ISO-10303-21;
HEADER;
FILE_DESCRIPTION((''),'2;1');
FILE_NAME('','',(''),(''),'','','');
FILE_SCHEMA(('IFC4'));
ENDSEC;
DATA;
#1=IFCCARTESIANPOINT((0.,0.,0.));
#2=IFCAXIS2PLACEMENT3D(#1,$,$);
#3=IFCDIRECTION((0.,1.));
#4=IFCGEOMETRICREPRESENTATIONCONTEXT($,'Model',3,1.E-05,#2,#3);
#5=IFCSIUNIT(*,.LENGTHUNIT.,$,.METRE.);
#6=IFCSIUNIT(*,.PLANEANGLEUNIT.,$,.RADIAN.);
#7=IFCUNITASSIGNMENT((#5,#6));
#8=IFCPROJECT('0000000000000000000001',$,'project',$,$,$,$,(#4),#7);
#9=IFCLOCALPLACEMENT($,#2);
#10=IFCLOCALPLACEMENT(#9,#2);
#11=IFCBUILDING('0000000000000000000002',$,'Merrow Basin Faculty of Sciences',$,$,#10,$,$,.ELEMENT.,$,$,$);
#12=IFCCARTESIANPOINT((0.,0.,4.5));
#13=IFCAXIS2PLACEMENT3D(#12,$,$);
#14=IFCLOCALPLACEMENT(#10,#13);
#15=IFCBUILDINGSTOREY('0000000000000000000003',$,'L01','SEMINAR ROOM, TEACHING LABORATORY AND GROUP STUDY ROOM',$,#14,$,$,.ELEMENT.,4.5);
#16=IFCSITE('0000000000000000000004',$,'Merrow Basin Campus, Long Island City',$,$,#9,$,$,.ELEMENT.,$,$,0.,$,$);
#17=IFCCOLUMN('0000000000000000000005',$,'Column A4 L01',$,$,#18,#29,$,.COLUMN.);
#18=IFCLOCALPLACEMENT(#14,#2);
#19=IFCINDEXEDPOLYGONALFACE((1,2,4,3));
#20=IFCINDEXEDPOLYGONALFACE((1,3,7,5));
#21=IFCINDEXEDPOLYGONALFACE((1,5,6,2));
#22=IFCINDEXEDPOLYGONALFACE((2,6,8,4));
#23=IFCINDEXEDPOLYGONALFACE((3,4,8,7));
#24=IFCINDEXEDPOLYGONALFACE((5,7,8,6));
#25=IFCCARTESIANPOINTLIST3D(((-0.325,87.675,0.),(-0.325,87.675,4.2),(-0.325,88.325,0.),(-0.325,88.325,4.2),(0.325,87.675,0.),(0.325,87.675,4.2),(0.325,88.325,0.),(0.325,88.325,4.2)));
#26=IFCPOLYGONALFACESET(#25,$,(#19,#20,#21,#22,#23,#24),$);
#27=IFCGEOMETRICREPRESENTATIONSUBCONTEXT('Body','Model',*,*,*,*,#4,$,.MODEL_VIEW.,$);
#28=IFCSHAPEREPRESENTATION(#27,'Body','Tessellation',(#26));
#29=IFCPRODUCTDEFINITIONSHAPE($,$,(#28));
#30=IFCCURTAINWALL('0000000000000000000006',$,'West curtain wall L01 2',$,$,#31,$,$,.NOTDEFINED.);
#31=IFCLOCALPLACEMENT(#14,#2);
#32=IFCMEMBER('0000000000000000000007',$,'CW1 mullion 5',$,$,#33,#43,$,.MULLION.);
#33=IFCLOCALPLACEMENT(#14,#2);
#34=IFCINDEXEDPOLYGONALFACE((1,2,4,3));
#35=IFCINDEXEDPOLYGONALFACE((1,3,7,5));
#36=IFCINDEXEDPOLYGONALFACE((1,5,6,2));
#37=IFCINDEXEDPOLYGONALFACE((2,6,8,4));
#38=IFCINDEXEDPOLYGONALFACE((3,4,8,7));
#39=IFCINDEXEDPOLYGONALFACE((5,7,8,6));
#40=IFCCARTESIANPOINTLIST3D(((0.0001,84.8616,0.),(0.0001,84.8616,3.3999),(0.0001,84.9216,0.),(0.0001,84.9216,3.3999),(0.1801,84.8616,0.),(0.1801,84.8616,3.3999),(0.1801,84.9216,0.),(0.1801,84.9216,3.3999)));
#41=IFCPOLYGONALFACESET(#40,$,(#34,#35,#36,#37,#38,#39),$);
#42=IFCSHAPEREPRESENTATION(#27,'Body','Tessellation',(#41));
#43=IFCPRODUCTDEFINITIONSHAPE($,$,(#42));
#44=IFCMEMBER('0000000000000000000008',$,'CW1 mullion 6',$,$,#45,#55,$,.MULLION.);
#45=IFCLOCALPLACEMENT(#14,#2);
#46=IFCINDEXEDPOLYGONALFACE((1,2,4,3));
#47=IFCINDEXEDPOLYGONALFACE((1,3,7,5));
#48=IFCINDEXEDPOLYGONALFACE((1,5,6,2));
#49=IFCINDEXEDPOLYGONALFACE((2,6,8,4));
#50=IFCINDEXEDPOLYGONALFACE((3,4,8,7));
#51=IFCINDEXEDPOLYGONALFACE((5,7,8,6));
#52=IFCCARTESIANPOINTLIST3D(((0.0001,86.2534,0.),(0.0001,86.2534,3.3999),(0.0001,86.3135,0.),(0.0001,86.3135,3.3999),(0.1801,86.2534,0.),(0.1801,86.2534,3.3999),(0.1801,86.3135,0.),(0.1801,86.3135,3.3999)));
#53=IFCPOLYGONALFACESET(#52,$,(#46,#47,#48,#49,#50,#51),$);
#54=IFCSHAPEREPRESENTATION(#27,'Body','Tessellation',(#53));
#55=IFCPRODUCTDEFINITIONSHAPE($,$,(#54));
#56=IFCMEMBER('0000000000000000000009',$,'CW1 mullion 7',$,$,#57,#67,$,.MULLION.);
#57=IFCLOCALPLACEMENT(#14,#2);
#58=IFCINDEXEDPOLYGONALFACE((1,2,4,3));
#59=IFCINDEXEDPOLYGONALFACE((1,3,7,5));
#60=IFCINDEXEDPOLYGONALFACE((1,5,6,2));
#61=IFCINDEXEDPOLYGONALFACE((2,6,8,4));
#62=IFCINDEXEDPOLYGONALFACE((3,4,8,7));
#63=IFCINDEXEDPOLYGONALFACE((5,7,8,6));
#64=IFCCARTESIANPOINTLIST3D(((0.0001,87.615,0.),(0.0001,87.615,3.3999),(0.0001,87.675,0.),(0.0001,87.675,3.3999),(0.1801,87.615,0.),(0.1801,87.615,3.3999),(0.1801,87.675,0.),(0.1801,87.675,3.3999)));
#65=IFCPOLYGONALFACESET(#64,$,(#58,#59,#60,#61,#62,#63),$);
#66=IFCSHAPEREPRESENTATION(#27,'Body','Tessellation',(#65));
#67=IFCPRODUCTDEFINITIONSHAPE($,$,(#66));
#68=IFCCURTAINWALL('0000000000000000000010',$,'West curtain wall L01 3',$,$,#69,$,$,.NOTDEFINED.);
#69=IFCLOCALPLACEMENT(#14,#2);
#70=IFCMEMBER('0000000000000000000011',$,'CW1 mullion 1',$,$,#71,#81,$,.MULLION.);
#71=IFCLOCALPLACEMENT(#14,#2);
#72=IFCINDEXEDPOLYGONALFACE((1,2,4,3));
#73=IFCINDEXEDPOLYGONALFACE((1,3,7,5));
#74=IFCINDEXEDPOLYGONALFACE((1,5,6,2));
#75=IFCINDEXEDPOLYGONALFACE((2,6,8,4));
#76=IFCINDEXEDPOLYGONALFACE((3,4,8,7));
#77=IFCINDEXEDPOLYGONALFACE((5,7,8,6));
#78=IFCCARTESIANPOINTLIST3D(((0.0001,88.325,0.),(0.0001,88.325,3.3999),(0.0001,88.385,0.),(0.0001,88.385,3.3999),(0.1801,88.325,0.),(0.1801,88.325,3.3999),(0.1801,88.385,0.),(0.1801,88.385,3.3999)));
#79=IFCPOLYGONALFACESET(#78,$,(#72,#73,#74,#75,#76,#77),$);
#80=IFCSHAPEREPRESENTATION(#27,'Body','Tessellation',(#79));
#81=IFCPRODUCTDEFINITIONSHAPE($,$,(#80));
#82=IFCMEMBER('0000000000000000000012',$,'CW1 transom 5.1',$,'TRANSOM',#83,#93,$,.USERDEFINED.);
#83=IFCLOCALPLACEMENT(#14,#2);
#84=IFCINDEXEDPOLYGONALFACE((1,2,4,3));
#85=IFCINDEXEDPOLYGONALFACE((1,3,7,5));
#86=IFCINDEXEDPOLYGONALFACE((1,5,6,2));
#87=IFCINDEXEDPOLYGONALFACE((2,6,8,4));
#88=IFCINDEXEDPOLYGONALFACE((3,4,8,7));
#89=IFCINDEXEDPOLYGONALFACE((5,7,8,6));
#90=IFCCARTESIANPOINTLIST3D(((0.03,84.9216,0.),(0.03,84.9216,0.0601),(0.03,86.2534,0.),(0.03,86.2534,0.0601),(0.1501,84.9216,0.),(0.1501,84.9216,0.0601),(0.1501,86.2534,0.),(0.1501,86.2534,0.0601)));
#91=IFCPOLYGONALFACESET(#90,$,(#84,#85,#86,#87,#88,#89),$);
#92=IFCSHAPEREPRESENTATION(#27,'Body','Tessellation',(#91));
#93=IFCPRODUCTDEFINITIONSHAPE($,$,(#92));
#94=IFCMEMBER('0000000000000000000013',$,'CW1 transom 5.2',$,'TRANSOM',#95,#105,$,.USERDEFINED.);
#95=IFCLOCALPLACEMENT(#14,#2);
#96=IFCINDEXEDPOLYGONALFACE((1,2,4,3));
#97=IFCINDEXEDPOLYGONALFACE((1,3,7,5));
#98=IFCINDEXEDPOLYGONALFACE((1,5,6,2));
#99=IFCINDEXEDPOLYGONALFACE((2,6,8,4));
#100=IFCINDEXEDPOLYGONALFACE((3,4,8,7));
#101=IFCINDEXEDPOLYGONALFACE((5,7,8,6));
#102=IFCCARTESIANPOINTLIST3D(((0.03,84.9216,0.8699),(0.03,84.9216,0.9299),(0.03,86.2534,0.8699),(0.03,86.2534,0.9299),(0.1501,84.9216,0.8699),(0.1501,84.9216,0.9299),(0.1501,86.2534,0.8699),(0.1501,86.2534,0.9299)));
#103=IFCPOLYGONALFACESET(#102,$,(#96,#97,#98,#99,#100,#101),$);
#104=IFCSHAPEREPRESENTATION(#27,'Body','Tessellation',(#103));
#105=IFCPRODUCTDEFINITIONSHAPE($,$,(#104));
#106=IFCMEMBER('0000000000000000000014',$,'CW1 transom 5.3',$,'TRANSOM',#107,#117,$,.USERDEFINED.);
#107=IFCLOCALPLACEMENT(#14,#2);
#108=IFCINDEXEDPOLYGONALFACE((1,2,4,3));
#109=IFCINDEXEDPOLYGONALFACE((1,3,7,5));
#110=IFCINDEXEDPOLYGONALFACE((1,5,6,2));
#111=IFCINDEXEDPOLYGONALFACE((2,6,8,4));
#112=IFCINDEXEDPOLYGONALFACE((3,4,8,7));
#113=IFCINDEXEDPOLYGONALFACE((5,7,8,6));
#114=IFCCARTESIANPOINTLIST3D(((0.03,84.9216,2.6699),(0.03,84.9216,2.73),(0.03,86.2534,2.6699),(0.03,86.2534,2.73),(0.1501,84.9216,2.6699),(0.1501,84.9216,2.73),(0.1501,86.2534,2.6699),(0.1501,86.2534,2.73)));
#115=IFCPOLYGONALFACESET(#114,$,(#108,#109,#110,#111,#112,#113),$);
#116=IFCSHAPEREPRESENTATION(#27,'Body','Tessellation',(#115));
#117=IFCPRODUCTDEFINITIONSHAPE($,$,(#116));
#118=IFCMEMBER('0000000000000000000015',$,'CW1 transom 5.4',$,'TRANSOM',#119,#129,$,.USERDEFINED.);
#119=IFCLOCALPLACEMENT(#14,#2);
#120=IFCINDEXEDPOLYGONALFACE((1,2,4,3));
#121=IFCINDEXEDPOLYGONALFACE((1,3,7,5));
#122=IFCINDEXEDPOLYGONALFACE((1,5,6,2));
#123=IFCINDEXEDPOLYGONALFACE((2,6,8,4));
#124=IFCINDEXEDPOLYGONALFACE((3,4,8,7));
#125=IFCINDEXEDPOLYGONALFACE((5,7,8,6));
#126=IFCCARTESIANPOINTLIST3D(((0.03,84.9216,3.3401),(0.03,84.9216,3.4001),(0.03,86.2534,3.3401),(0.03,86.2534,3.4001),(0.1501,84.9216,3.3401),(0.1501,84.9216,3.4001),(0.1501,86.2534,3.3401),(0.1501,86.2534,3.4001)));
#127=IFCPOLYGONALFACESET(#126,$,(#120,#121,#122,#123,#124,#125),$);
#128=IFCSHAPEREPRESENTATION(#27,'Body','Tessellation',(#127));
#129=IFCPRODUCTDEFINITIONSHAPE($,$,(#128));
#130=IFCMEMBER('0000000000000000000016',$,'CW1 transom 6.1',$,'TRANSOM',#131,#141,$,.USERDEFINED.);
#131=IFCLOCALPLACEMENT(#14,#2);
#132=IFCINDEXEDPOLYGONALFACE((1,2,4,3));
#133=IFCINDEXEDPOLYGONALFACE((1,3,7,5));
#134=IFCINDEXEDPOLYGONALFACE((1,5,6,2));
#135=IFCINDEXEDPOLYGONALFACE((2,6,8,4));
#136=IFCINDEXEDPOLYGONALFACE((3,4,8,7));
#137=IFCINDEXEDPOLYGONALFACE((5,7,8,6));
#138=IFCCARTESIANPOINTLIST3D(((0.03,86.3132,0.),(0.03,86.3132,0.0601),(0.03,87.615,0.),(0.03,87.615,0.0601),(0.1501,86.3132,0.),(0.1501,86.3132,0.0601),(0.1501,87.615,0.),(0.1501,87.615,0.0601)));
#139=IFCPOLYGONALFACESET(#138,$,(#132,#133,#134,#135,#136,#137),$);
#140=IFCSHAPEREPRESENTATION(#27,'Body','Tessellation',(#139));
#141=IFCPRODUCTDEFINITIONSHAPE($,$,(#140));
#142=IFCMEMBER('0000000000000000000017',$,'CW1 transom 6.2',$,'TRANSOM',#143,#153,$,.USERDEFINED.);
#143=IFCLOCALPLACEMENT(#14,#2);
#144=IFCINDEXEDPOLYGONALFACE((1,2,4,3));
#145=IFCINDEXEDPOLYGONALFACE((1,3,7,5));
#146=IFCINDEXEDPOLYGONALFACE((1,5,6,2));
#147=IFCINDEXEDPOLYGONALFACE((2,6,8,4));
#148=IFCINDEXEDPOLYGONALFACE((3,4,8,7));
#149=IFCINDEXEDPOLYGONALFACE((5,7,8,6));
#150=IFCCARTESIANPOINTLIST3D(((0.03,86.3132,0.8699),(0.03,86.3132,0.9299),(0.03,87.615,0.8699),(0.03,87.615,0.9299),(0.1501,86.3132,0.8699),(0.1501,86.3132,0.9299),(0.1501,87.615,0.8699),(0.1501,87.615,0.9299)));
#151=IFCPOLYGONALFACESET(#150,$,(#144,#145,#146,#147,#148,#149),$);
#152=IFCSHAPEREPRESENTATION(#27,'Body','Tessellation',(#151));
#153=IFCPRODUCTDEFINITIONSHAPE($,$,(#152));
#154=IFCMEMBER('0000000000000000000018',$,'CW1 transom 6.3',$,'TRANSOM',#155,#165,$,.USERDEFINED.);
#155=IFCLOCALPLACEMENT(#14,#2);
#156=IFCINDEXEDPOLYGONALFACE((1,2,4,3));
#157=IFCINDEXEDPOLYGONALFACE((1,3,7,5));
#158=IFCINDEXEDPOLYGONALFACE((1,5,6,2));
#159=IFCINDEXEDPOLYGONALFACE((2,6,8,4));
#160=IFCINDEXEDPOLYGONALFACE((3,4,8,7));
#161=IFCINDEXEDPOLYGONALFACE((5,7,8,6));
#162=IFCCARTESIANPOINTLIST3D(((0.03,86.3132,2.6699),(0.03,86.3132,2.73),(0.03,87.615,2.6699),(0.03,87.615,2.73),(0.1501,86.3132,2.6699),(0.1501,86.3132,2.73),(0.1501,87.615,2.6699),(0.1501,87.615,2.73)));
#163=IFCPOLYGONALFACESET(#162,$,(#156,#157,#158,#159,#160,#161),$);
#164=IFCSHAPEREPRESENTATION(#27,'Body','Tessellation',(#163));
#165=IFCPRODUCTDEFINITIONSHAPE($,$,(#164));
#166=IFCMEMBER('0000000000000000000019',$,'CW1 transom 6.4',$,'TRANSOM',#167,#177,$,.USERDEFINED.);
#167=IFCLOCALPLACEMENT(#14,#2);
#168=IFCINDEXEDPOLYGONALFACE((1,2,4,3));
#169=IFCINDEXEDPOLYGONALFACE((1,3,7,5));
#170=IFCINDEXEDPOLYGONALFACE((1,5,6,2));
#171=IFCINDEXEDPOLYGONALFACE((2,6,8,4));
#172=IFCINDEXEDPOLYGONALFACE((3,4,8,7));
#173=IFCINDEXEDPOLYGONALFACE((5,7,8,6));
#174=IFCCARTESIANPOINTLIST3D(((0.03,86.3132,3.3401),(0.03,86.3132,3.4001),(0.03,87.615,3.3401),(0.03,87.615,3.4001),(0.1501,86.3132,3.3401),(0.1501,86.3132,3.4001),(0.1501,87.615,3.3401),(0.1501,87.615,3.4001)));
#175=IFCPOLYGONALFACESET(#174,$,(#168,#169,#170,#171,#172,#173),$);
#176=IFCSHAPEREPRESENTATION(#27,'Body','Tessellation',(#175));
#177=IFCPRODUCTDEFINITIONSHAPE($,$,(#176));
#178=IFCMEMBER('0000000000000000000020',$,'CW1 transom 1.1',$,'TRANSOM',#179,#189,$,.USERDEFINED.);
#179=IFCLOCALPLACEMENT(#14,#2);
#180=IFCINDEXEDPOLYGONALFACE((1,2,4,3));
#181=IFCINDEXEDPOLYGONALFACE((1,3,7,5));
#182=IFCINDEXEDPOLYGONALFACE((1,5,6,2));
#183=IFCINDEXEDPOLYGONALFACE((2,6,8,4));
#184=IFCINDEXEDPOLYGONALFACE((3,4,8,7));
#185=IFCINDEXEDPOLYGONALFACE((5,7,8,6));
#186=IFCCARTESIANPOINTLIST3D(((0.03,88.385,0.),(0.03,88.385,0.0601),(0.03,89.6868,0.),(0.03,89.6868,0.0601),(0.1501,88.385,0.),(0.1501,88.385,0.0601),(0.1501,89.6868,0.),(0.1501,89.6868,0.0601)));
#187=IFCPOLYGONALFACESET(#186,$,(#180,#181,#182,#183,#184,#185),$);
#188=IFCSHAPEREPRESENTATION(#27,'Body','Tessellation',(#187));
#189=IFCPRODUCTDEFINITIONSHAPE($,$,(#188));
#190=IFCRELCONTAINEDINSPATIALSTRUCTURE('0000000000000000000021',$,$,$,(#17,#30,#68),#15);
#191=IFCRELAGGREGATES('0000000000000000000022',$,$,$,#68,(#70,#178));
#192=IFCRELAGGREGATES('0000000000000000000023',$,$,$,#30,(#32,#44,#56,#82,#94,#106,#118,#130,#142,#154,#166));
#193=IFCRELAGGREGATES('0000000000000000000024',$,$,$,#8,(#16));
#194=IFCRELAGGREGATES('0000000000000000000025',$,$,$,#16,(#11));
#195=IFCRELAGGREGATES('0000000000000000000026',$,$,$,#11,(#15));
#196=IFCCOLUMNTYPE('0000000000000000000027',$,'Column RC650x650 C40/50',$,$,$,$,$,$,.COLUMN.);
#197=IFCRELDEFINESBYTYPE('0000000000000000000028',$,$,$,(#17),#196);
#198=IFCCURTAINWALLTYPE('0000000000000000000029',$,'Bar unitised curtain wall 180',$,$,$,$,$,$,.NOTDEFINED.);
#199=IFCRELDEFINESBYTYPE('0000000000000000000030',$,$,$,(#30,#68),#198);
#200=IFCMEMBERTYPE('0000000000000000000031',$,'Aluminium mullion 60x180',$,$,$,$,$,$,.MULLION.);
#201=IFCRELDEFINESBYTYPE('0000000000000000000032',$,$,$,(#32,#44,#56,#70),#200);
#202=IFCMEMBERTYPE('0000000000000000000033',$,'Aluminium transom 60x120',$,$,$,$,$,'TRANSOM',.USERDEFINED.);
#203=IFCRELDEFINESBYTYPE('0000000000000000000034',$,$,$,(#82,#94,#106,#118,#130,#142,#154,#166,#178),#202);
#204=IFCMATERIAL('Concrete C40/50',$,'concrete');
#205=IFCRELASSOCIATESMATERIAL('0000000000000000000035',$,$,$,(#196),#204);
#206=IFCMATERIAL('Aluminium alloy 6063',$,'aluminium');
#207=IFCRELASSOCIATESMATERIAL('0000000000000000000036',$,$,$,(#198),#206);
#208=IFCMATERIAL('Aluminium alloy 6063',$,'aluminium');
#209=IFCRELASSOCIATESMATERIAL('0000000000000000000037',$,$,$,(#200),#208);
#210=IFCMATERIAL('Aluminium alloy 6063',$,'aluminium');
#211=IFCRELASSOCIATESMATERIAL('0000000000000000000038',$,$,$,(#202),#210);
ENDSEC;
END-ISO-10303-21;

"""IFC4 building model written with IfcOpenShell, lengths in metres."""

from ifc_helpers import new_model, si_unit, direction, frame, origin, origin_2d, place, context, subcontext, project, spatial, rectangle, extrude, material, material_profile, profile_set, type_object, element, aggregate, save


model = new_model("IFC4")

# Units and contexts
model_context = context("Model", 3, precision=1e-05, world=origin(), true_north=direction((0.0, 1.0)))
body_context = subcontext(model_context, "Body", "Model", "MODEL_VIEW")
ifc_project = project(units=[si_unit("LENGTHUNIT", "METRE"), si_unit("PLANEANGLEUNIT", "RADIAN")], contexts=[model_context])

# Site, building, storey
site_placement = place(None, origin())
site = spatial("IfcSite", under=ifc_project, at=site_placement, Name="Merrow Basin Campus, Long Island City", CompositionType="ELEMENT", RefElevation=0.0)
building_placement = place(site_placement, origin())
building = spatial("IfcBuilding", under=site, at=building_placement, Name="Merrow Basin Faculty of Sciences", CompositionType="ELEMENT")
storey_placement = place(building_placement, frame((0.0, 0.0, 4.5)))
storey = spatial("IfcBuildingStorey", under=building, at=storey_placement, Name="L01", Description="SEMINAR ROOM, TEACHING LABORATORY AND GROUP STUDY ROOM", CompositionType="ELEMENT", Elevation=4.5)

# Column
ifc_material_1 = material(Name="Concrete C40/50", Category="concrete")
ifc_material_profile_1 = material_profile(ifc_material_1, rectangle(XDim=0.6499, YDim=0.6499, at=origin_2d()))
ifc_profile_set_1 = profile_set([ifc_material_profile_1], Name="Concrete C40/50")
column_type = type_object("IfcColumnType", Name="Column RC650x650 C40/50", PredefinedType="COLUMN", material=ifc_profile_set_1)
column_placement = place(storey_placement, frame((0.0, 88.0, 0.0), z_axis=(0.0, 0.0, 1.0), x_axis=(1.0, 0.0, 0.0)))
element("IfcColumn", 1, at=column_placement, inside=storey, type_object=column_type, Name="Column A4 L01", PredefinedType="COLUMN", context=body_context, shape_type="SweptSolid", body=[
    extrude(rectangle(XDim=0.6499, YDim=0.6499, at=origin_2d()), origin(), (0.0, 0.0, 1.0), 4.2),
])

# Curtain wall, members
ifc_material_2 = material(Name="Aluminium alloy 6063", Category="aluminium")
curtain_wall_type = type_object("IfcCurtainWallType", Name="Bar unitised curtain wall 180", PredefinedType="NOTDEFINED", material=ifc_material_2)
curtain_wall_1_placement = place(storey_placement, origin())
curtain_wall_1 = element("IfcCurtainWall", 2, at=curtain_wall_1_placement, inside=storey, type_object=curtain_wall_type, Name="West curtain wall L01 2", PredefinedType="NOTDEFINED")
ifc_material_3 = material(Name="Aluminium alloy 6063", Category="aluminium")
ifc_material_profile_2 = material_profile(ifc_material_3, rectangle(XDim=0.1799, YDim=0.0601, at=origin_2d()))
ifc_profile_set_2 = profile_set([ifc_material_profile_2], Name="Aluminium alloy 6063")
member_type_1 = type_object("IfcMemberType", Name="Aluminium mullion 60x180", PredefinedType="MULLION", material=ifc_profile_set_2)
member_1_placement = place(storey_placement, frame((0.0901, 84.8916, 0.0), z_axis=(0.0, 0.0, 1.0), x_axis=(-1.0, 0.0, 0.0)))
member_1 = element("IfcMember", 3, at=member_1_placement, type_object=member_type_1, Name="CW1 mullion 5", PredefinedType="MULLION", context=body_context, shape_type="SweptSolid", body=[
    extrude(rectangle(XDim=0.1799, YDim=0.0601, at=origin_2d()), origin(), (0.0, 0.0, 1.0), 3.3999),
])
member_2_placement = place(storey_placement, frame((0.0901, 86.2834, 0.0), z_axis=(0.0, 0.0, 1.0), x_axis=(-1.0, 0.0, 0.0)))
member_2 = element("IfcMember", 4, at=member_2_placement, type_object=member_type_1, Name="CW1 mullion 6", PredefinedType="MULLION", context=body_context, shape_type="SweptSolid", body=[
    extrude(rectangle(XDim=0.1799, YDim=0.0601, at=origin_2d()), origin(), (0.0, 0.0, 1.0), 3.3999),
])
member_3_placement = place(storey_placement, frame((0.0901, 87.645, 0.0), z_axis=(0.0, 0.0, 1.0), x_axis=(-1.0, 0.0, 0.0)))
member_3 = element("IfcMember", 5, at=member_3_placement, type_object=member_type_1, Name="CW1 mullion 7", PredefinedType="MULLION", context=body_context, shape_type="SweptSolid", body=[
    extrude(rectangle(XDim=0.1799, YDim=0.0601, at=origin_2d()), origin(), (0.0, 0.0, 1.0), 3.3999),
])

# Curtain wall, member
curtain_wall_2_placement = place(storey_placement, origin())
curtain_wall_2 = element("IfcCurtainWall", 6, at=curtain_wall_2_placement, inside=storey, type_object=curtain_wall_type, Name="West curtain wall L01 3", PredefinedType="NOTDEFINED")
member_4_placement = place(storey_placement, frame((0.0901, 88.355, 0.0), z_axis=(0.0, 0.0, 1.0), x_axis=(-1.0, 0.0, 0.0)))
member_4 = element("IfcMember", 7, at=member_4_placement, type_object=member_type_1, Name="CW1 mullion 1", PredefinedType="MULLION", context=body_context, shape_type="SweptSolid", body=[
    extrude(rectangle(XDim=0.1799, YDim=0.0601, at=origin_2d()), origin(), (0.0, 0.0, 1.0), 3.3999),
])

# Members
ifc_material_4 = material(Name="Aluminium alloy 6063", Category="aluminium")
ifc_material_profile_3 = material_profile(ifc_material_4, rectangle(XDim=0.1201, YDim=0.0601, at=origin_2d()))
ifc_profile_set_3 = profile_set([ifc_material_profile_3], Name="Aluminium alloy 6063")
member_type_2 = type_object("IfcMemberType", Name="Aluminium transom 60x120", ElementType="TRANSOM", PredefinedType="USERDEFINED", material=ifc_profile_set_3)
member_5_placement = place(storey_placement, frame((0.0901, 84.9216, 0.03), z_axis=(0.0, 1.0, 0.0), x_axis=(-1.0, 0.0, 0.0)))
member_5 = element("IfcMember", 8, at=member_5_placement, type_object=member_type_2, Name="CW1 transom 5.1", ObjectType="TRANSOM", PredefinedType="USERDEFINED", context=body_context, shape_type="SweptSolid", body=[
    extrude(rectangle(XDim=0.1201, YDim=0.0601, at=origin_2d()), origin(), (0.0, 0.0, 1.0), 1.3318),
])
member_6_placement = place(storey_placement, frame((0.0901, 84.9216, 0.8999), z_axis=(0.0, 1.0, 0.0), x_axis=(-1.0, 0.0, 0.0)))
member_6 = element("IfcMember", 9, at=member_6_placement, type_object=member_type_2, Name="CW1 transom 5.2", ObjectType="TRANSOM", PredefinedType="USERDEFINED", context=body_context, shape_type="SweptSolid", body=[
    extrude(rectangle(XDim=0.1201, YDim=0.0601, at=origin_2d()), origin(), (0.0, 0.0, 1.0), 1.3318),
])
member_7_placement = place(storey_placement, frame((0.0901, 84.9216, 2.7), z_axis=(0.0, 1.0, 0.0), x_axis=(-1.0, 0.0, 0.0)))
member_7 = element("IfcMember", 10, at=member_7_placement, type_object=member_type_2, Name="CW1 transom 5.3", ObjectType="TRANSOM", PredefinedType="USERDEFINED", context=body_context, shape_type="SweptSolid", body=[
    extrude(rectangle(XDim=0.1201, YDim=0.0601, at=origin_2d()), origin(), (0.0, 0.0, 1.0), 1.3318),
])
member_8_placement = place(storey_placement, frame((0.0901, 84.9216, 3.3701), z_axis=(0.0, 1.0, 0.0), x_axis=(-1.0, 0.0, 0.0)))
member_8 = element("IfcMember", 11, at=member_8_placement, type_object=member_type_2, Name="CW1 transom 5.4", ObjectType="TRANSOM", PredefinedType="USERDEFINED", context=body_context, shape_type="SweptSolid", body=[
    extrude(rectangle(XDim=0.1201, YDim=0.0601, at=origin_2d()), origin(), (0.0, 0.0, 1.0), 1.3318),
])
member_9_placement = place(storey_placement, frame((0.0901, 86.3132, 0.03), z_axis=(0.0, 1.0, 0.0), x_axis=(-1.0, 0.0, 0.0)))
member_9 = element("IfcMember", 12, at=member_9_placement, type_object=member_type_2, Name="CW1 transom 6.1", ObjectType="TRANSOM", PredefinedType="USERDEFINED", context=body_context, shape_type="SweptSolid", body=[
    extrude(rectangle(XDim=0.1201, YDim=0.0601, at=origin_2d()), origin(), (0.0, 0.0, 1.0), 1.3018),
])
member_10_placement = place(storey_placement, frame((0.0901, 86.3132, 0.8999), z_axis=(0.0, 1.0, 0.0), x_axis=(-1.0, 0.0, 0.0)))
member_10 = element("IfcMember", 13, at=member_10_placement, type_object=member_type_2, Name="CW1 transom 6.2", ObjectType="TRANSOM", PredefinedType="USERDEFINED", context=body_context, shape_type="SweptSolid", body=[
    extrude(rectangle(XDim=0.1201, YDim=0.0601, at=origin_2d()), origin(), (0.0, 0.0, 1.0), 1.3018),
])
member_11_placement = place(storey_placement, frame((0.0901, 86.3132, 2.7), z_axis=(0.0, 1.0, 0.0), x_axis=(-1.0, 0.0, 0.0)))
member_11 = element("IfcMember", 14, at=member_11_placement, type_object=member_type_2, Name="CW1 transom 6.3", ObjectType="TRANSOM", PredefinedType="USERDEFINED", context=body_context, shape_type="SweptSolid", body=[
    extrude(rectangle(XDim=0.1201, YDim=0.0601, at=origin_2d()), origin(), (0.0, 0.0, 1.0), 1.3018),
])
member_12_placement = place(storey_placement, frame((0.0901, 86.3132, 3.3701), z_axis=(0.0, 1.0, 0.0), x_axis=(-1.0, 0.0, 0.0)))
member_12 = element("IfcMember", 15, at=member_12_placement, type_object=member_type_2, Name="CW1 transom 6.4", ObjectType="TRANSOM", PredefinedType="USERDEFINED", context=body_context, shape_type="SweptSolid", body=[
    extrude(rectangle(XDim=0.1201, YDim=0.0601, at=origin_2d()), origin(), (0.0, 0.0, 1.0), 1.3018),
])
member_13_placement = place(storey_placement, frame((0.0901, 88.385, 0.03), z_axis=(0.0, 1.0, 0.0), x_axis=(-1.0, 0.0, 0.0)))
member_13 = element("IfcMember", 16, at=member_13_placement, type_object=member_type_2, Name="CW1 transom 1.1", ObjectType="TRANSOM", PredefinedType="USERDEFINED", context=body_context, shape_type="SweptSolid", body=[
    extrude(rectangle(XDim=0.1201, YDim=0.0601, at=origin_2d()), origin(), (0.0, 0.0, 1.0), 1.3018),
])
aggregate(curtain_wall_2, [member_4, member_13])

aggregate(curtain_wall_1, [member_1, member_2, member_3, member_5, member_6, member_7, member_8, member_9, member_10, member_11, member_12])

save(model, "model.ifc")
